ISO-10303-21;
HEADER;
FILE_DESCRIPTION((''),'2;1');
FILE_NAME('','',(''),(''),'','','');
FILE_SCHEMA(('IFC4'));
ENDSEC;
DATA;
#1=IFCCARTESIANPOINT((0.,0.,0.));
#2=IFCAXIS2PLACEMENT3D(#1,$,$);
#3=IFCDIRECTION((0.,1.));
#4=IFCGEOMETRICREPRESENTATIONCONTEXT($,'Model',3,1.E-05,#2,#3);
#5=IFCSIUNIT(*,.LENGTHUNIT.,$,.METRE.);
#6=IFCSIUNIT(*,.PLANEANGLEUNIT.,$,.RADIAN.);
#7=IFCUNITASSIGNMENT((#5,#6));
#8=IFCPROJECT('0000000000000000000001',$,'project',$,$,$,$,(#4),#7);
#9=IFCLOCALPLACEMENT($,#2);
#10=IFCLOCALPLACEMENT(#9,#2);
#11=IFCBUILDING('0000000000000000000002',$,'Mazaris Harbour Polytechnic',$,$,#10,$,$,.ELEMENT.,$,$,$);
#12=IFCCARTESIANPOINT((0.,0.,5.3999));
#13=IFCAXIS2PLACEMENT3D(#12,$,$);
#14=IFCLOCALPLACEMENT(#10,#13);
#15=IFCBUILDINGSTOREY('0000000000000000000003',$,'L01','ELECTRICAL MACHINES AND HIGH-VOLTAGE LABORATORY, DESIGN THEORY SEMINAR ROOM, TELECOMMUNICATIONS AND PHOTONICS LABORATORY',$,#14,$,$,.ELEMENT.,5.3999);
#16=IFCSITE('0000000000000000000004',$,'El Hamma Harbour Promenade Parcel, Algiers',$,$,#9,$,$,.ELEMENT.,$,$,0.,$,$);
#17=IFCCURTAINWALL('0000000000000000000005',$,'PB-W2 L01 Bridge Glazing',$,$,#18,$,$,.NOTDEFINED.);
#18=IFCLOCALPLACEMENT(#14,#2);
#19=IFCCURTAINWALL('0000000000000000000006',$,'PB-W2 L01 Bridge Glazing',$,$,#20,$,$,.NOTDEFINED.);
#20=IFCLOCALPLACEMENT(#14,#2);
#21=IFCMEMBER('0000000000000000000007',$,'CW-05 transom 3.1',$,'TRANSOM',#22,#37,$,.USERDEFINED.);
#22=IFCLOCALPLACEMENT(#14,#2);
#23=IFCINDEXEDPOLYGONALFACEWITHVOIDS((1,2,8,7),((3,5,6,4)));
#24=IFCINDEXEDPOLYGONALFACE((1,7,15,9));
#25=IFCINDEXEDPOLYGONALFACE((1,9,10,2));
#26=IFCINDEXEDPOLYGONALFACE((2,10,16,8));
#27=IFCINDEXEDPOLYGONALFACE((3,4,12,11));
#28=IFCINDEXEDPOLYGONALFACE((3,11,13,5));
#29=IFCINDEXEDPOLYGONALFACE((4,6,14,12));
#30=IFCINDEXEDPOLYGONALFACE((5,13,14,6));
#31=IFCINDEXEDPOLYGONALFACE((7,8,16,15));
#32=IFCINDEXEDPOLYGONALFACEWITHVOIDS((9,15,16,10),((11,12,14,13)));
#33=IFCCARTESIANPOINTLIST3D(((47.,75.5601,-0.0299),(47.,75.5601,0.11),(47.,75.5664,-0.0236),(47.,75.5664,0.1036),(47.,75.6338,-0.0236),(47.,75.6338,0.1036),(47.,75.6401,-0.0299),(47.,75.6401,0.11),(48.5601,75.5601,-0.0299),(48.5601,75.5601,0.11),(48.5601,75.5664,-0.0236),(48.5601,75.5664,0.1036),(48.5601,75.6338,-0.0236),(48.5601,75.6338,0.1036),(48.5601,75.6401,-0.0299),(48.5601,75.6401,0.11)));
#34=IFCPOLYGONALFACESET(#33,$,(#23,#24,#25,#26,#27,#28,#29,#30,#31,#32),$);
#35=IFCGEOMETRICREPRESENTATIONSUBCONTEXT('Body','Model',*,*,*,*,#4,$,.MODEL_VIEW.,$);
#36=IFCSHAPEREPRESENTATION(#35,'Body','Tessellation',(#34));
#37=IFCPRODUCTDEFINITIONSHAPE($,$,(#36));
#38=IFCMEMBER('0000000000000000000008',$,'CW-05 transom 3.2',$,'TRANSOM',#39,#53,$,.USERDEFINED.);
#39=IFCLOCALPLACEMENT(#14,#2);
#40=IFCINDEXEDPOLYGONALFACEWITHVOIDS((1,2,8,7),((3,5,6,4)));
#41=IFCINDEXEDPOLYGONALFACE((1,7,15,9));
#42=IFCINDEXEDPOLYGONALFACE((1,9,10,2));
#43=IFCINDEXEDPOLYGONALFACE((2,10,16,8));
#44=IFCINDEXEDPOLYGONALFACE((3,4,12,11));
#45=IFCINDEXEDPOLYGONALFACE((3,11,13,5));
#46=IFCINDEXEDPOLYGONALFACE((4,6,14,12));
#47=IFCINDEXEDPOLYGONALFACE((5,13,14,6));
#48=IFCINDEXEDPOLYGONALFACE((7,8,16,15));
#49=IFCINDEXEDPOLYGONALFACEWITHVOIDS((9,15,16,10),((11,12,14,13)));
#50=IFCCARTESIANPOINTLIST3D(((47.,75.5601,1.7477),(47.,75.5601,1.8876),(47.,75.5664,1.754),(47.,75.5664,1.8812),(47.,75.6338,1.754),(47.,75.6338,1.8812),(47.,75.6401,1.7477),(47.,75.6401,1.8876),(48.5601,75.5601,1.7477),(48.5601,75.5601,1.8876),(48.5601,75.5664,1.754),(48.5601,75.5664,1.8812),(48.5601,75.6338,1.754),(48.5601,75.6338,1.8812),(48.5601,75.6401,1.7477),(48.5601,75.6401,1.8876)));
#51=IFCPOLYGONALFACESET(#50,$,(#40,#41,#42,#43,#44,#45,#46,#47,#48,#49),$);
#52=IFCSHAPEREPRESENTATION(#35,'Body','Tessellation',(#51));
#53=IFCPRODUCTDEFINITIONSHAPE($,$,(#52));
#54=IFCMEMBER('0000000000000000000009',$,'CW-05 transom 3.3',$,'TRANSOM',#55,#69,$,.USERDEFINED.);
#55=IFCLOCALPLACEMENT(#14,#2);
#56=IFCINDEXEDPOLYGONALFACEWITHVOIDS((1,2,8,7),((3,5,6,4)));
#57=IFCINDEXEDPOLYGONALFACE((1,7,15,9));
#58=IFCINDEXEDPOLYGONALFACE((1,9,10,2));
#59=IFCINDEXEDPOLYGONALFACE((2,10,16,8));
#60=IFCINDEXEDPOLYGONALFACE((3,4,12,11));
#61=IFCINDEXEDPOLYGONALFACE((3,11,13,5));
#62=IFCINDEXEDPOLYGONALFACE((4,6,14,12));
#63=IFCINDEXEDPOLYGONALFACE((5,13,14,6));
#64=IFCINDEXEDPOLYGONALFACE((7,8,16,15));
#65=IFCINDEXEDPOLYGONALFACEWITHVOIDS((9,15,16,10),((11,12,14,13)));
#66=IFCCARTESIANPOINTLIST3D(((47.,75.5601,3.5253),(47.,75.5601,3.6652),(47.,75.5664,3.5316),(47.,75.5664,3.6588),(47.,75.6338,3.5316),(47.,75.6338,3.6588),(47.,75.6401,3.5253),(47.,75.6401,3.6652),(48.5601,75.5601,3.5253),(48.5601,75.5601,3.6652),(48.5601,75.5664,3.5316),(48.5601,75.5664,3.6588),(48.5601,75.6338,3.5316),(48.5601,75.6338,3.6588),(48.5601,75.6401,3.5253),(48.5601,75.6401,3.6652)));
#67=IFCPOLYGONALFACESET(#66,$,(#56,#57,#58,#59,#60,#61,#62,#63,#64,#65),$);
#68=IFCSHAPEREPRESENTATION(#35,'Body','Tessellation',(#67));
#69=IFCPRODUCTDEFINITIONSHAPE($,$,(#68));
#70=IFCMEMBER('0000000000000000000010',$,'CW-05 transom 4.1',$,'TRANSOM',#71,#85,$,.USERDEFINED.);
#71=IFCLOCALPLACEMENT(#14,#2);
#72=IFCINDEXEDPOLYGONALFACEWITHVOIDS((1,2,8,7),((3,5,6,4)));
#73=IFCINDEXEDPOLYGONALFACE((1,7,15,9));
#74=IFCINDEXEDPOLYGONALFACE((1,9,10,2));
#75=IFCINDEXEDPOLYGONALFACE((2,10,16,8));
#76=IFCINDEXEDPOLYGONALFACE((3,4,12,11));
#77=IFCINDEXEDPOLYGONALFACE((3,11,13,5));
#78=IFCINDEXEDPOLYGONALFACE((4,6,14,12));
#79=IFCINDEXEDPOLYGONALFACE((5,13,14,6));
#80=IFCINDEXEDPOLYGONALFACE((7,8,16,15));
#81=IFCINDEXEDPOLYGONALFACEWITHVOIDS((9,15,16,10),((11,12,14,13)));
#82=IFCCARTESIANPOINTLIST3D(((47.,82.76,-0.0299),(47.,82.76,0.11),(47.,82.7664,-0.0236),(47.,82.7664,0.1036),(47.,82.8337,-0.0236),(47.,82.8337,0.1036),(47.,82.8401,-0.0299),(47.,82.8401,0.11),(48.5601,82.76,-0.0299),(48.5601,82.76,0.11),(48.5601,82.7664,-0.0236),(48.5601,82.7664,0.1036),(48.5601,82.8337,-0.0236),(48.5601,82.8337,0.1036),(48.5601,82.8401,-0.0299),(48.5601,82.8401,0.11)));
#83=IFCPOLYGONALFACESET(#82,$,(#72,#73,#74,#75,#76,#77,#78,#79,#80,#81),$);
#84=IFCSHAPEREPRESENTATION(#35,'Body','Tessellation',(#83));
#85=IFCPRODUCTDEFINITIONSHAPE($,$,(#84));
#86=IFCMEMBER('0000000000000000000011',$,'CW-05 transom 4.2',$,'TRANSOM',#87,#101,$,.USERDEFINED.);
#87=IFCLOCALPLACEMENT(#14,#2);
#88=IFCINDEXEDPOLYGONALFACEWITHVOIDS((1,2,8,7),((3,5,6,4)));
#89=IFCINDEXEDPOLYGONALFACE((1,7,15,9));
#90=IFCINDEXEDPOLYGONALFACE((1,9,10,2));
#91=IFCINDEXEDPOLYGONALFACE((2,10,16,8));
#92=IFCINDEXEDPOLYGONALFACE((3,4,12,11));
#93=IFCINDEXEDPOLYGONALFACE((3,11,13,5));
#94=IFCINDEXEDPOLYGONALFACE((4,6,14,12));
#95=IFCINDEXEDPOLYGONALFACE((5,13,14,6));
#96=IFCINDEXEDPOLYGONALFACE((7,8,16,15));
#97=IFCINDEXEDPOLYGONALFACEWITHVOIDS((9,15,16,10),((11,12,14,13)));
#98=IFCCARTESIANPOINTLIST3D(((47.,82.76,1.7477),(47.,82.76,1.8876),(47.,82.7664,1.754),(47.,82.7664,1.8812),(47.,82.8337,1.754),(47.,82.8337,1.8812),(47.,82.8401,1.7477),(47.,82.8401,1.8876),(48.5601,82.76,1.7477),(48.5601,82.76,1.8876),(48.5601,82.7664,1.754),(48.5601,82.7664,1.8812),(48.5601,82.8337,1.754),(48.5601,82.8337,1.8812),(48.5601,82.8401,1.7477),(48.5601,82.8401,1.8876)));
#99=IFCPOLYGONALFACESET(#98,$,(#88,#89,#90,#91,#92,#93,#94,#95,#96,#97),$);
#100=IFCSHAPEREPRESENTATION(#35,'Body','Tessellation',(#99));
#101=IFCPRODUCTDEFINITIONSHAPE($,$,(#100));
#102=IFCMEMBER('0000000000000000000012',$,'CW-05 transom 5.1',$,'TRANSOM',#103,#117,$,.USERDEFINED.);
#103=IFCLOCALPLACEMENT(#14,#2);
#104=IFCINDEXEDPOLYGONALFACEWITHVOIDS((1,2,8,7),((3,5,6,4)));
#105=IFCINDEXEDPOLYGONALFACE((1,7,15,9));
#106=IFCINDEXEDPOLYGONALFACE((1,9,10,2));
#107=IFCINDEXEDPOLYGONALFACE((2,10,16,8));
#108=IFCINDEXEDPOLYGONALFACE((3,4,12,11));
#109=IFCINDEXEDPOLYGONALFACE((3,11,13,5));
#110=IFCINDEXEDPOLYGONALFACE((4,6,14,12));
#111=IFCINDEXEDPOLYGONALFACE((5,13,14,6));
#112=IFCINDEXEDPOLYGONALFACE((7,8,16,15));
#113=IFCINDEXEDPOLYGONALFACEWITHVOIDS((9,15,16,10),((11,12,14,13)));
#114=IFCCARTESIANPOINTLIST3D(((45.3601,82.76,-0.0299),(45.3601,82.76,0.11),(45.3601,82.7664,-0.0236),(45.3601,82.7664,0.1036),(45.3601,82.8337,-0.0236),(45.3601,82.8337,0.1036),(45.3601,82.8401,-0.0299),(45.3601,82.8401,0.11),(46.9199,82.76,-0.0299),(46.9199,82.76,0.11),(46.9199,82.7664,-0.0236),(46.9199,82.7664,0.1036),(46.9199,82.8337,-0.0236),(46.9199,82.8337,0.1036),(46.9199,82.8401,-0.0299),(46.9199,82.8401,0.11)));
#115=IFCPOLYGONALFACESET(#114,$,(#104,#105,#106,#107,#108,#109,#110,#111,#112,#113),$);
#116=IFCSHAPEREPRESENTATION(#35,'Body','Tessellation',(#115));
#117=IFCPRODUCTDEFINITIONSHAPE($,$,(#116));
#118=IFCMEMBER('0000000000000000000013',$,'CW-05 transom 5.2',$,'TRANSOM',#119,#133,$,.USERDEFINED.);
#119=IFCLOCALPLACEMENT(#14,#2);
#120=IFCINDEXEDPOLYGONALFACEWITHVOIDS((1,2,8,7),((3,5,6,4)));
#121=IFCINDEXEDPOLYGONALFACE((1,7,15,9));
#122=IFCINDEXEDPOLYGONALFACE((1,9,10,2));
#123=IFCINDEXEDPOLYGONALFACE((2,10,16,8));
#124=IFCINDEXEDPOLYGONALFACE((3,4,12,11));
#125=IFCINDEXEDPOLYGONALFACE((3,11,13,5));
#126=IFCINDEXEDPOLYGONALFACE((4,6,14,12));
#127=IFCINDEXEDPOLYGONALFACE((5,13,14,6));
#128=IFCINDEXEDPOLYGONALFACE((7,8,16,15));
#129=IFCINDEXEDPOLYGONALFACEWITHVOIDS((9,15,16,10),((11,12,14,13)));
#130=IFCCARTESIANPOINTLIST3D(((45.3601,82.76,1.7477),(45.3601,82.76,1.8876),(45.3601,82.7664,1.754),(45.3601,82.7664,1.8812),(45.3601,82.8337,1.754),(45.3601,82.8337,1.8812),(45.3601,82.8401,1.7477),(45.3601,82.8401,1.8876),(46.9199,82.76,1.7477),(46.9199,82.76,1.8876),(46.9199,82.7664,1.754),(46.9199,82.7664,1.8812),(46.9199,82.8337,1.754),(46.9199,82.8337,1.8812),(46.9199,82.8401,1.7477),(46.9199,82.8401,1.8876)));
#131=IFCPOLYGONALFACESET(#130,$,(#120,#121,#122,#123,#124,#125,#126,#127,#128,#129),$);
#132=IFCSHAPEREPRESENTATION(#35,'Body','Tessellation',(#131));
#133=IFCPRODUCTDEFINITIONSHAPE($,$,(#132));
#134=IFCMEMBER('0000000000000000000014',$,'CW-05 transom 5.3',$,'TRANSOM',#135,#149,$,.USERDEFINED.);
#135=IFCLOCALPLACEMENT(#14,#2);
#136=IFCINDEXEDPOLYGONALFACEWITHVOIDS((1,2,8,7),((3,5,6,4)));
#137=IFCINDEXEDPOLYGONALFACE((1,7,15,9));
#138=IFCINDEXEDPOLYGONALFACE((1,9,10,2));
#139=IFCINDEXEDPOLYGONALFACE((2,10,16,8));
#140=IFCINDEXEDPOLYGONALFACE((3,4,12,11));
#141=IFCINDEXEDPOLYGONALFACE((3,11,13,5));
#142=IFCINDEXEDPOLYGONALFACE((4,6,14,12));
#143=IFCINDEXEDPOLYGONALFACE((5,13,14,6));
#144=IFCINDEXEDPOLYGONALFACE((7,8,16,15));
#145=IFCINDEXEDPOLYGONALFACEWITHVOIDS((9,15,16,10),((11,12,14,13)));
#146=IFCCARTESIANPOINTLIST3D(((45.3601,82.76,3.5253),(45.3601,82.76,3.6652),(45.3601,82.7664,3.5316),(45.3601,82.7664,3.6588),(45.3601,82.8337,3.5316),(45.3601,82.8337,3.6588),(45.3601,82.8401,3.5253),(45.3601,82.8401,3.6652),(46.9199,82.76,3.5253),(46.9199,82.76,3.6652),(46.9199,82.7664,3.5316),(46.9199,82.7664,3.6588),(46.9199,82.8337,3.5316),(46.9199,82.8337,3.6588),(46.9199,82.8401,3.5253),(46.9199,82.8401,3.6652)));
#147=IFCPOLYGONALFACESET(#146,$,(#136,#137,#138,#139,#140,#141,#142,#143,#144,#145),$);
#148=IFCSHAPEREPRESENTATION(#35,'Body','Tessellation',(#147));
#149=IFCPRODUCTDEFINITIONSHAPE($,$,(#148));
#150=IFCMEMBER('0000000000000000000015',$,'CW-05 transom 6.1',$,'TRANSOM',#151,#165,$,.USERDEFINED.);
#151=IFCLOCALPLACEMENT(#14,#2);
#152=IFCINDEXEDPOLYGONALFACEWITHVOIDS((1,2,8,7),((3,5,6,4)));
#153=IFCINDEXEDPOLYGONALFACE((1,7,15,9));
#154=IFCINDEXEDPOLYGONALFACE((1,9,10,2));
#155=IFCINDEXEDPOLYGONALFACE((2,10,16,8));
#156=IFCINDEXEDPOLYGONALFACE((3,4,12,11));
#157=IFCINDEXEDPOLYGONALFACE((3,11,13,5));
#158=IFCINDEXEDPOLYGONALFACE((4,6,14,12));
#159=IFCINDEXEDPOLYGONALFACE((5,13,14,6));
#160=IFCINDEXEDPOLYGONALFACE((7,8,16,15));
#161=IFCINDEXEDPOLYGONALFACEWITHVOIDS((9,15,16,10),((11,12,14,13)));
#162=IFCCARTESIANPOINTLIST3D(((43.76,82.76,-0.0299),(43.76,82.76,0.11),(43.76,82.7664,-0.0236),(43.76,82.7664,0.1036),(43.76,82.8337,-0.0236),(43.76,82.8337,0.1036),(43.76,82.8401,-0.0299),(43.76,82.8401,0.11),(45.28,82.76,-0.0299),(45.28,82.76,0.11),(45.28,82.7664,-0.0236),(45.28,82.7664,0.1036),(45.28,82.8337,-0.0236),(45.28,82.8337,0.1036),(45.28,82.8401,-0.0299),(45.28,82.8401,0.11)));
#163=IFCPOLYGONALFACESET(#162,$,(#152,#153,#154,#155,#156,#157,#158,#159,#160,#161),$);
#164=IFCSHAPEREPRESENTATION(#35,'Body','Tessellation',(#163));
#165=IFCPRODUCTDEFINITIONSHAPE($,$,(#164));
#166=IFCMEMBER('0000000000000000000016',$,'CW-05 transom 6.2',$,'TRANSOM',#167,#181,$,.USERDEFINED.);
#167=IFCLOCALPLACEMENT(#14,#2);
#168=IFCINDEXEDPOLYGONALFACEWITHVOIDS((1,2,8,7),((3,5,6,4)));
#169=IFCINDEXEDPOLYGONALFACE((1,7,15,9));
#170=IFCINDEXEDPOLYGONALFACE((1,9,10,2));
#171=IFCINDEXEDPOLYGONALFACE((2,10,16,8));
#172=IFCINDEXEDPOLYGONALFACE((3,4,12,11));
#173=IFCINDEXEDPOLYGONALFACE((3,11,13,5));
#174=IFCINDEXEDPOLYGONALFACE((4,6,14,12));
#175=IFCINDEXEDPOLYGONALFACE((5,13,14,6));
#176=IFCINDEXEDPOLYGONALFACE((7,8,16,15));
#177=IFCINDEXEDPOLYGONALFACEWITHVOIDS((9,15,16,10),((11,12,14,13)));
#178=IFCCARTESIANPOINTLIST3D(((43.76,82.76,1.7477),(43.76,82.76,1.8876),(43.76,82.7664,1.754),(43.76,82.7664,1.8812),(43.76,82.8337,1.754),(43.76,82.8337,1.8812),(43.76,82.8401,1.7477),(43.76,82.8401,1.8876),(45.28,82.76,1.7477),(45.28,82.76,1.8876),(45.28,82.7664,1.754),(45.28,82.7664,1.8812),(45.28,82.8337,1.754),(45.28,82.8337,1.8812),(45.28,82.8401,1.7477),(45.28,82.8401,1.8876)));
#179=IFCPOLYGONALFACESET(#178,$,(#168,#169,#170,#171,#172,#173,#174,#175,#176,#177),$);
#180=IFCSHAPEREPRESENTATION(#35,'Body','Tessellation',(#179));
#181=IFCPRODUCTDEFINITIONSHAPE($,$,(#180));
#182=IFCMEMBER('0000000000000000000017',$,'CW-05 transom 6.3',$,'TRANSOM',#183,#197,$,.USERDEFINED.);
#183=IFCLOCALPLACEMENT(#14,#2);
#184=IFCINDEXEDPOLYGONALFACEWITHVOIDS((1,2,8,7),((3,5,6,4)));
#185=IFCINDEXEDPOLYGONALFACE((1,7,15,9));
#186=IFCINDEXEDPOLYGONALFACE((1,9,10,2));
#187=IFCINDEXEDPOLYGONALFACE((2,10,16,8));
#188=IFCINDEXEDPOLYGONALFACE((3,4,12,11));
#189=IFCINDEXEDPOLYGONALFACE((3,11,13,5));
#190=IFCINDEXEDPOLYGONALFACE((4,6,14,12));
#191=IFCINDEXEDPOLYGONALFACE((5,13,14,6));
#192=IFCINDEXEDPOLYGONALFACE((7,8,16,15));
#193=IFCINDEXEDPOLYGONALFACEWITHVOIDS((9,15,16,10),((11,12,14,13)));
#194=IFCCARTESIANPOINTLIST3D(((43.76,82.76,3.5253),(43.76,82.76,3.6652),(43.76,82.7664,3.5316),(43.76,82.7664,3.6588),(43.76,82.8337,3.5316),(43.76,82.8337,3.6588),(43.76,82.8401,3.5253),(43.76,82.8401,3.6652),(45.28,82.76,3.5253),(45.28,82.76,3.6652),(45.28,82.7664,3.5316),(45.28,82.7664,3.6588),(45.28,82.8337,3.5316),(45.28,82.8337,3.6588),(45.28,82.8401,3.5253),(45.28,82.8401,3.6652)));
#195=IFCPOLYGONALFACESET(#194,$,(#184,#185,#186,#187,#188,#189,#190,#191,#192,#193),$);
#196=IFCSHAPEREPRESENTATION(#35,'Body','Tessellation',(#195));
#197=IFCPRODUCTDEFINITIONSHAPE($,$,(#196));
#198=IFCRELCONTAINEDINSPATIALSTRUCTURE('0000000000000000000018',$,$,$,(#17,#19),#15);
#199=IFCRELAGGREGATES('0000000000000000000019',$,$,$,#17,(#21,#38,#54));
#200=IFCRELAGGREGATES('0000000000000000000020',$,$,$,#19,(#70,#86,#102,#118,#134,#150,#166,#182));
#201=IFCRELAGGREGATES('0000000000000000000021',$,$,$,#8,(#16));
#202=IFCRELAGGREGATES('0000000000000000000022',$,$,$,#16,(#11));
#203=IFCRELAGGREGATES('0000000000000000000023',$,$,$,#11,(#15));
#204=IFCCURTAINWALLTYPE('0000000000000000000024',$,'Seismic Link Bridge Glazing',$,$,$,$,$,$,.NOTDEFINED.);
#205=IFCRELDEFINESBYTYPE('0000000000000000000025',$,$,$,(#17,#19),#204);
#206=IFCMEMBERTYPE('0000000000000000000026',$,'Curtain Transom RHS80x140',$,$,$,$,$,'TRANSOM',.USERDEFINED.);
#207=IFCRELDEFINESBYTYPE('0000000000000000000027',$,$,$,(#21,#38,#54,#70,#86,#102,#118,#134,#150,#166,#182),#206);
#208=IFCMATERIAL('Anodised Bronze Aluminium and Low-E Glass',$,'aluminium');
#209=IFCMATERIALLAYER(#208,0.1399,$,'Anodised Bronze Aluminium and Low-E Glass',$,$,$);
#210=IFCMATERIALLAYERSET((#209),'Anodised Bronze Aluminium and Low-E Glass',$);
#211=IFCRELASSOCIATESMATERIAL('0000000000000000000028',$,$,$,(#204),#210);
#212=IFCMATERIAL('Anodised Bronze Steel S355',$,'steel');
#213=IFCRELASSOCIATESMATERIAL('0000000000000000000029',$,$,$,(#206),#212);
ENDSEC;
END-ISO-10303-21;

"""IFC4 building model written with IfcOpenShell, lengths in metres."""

from ifc_helpers import new_model, si_unit, direction, frame, origin, origin_2d, place, context, subcontext, project, spatial, hollow_rectangle, extrude, material, layer, layer_set, material_profile, profile_set, type_object, element, aggregate, save


model = new_model("IFC4")

# Units and contexts
model_context = context("Model", 3, precision=1e-05, world=origin(), true_north=direction((0.0, 1.0)))
body_context = subcontext(model_context, "Body", "Model", "MODEL_VIEW")
ifc_project = project(units=[si_unit("LENGTHUNIT", "METRE"), si_unit("PLANEANGLEUNIT", "RADIAN")], contexts=[model_context])

# Site, building, storey
site_placement = place(None, origin())
site = spatial("IfcSite", under=ifc_project, at=site_placement, Name="El Hamma Harbour Promenade Parcel, Algiers", CompositionType="ELEMENT", RefElevation=0.0)
building_placement = place(site_placement, origin())
building = spatial("IfcBuilding", under=site, at=building_placement, Name="Mazaris Harbour Polytechnic", CompositionType="ELEMENT")
storey_placement = place(building_placement, frame((0.0, 0.0, 5.3999)))
storey = spatial("IfcBuildingStorey", under=building, at=storey_placement, Name="L01", Description="ELECTRICAL MACHINES AND HIGH-VOLTAGE LABORATORY, DESIGN THEORY SEMINAR ROOM, TELECOMMUNICATIONS AND PHOTONICS LABORATORY", CompositionType="ELEMENT", Elevation=5.3999)

# Curtain wall
ifc_material_1 = material(Name="Anodised Bronze Aluminium and Low-E Glass", Category="aluminium")
ifc_layer_1 = layer(ifc_material_1, 0.1399, Name="Anodised Bronze Aluminium and Low-E Glass")
ifc_layer_set_1 = layer_set([ifc_layer_1], Name="Anodised Bronze Aluminium and Low-E Glass")
curtain_wall_type = type_object("IfcCurtainWallType", Name="Seismic Link Bridge Glazing", PredefinedType="NOTDEFINED", material=ifc_layer_set_1)
curtain_wall_1_placement = place(storey_placement, origin())
curtain_wall_1 = element("IfcCurtainWall", 1, at=curtain_wall_1_placement, inside=storey, type_object=curtain_wall_type, Name="PB-W2 L01 Bridge Glazing", PredefinedType="NOTDEFINED")

# Curtain wall
curtain_wall_2_placement = place(storey_placement, origin())
curtain_wall_2 = element("IfcCurtainWall", 2, at=curtain_wall_2_placement, inside=storey, type_object=curtain_wall_type, Name="PB-W2 L01 Bridge Glazing", PredefinedType="NOTDEFINED")

# Members
ifc_material_2 = material(Name="Anodised Bronze Steel S355", Category="steel")
ifc_material_profile_1 = material_profile(ifc_material_2, hollow_rectangle(XDim=0.0801, YDim=0.1399, WallThickness=0.0063, at=origin_2d()), Name="RHS 80x140x6.3")
ifc_profile_set_1 = profile_set([ifc_material_profile_1], Name="Anodised Bronze Steel S355")
member_type_1 = type_object("IfcMemberType", Name="Curtain Transom RHS80x140", ElementType="TRANSOM", PredefinedType="USERDEFINED", material=ifc_profile_set_1)
member_1_placement = place(storey_placement, frame((47.0, 75.6001, 0.04), z_axis=(1.0, 0.0, 0.0), x_axis=(0.0, 1.0, 0.0)))
member_1 = element("IfcMember", 3, at=member_1_placement, type_object=member_type_1, Name="CW-05 transom 3.1", ObjectType="TRANSOM", PredefinedType="USERDEFINED", context=body_context, shape_type="SweptSolid", body=[
    extrude(hollow_rectangle(XDim=0.0801, YDim=0.1399, WallThickness=0.0063, at=origin_2d()), origin(), (0.0, 0.0, 1.0), 1.5601),
])
member_2_placement = place(storey_placement, frame((47.0, 75.6001, 1.8176), z_axis=(1.0, 0.0, 0.0), x_axis=(0.0, 1.0, 0.0)))
member_2 = element("IfcMember", 4, at=member_2_placement, type_object=member_type_1, Name="CW-05 transom 3.2", ObjectType="TRANSOM", PredefinedType="USERDEFINED", context=body_context, shape_type="SweptSolid", body=[
    extrude(hollow_rectangle(XDim=0.0801, YDim=0.1399, WallThickness=0.0063, at=origin_2d()), origin(), (0.0, 0.0, 1.0), 1.5601),
])
member_3_placement = place(storey_placement, frame((47.0, 75.6001, 3.5952), z_axis=(1.0, 0.0, 0.0), x_axis=(0.0, 1.0, 0.0)))
member_3 = element("IfcMember", 5, at=member_3_placement, type_object=member_type_1, Name="CW-05 transom 3.3", ObjectType="TRANSOM", PredefinedType="USERDEFINED", context=body_context, shape_type="SweptSolid", body=[
    extrude(hollow_rectangle(XDim=0.0801, YDim=0.1399, WallThickness=0.0063, at=origin_2d()), origin(), (0.0, 0.0, 1.0), 1.5601),
])
member_4_placement = place(storey_placement, frame((48.5601, 82.8, 0.04), z_axis=(-1.0, 0.0, 0.0), x_axis=(0.0, -1.0, 0.0)))
member_4 = element("IfcMember", 6, at=member_4_placement, type_object=member_type_1, Name="CW-05 transom 4.1", ObjectType="TRANSOM", PredefinedType="USERDEFINED", context=body_context, shape_type="SweptSolid", body=[
    extrude(hollow_rectangle(XDim=0.0801, YDim=0.1399, WallThickness=0.0063, at=origin_2d()), origin(), (0.0, 0.0, 1.0), 1.5601),
])
member_5_placement = place(storey_placement, frame((48.5601, 82.8, 1.8176), z_axis=(-1.0, 0.0, 0.0), x_axis=(0.0, -1.0, 0.0)))
member_5 = element("IfcMember", 7, at=member_5_placement, type_object=member_type_1, Name="CW-05 transom 4.2", ObjectType="TRANSOM", PredefinedType="USERDEFINED", context=body_context, shape_type="SweptSolid", body=[
    extrude(hollow_rectangle(XDim=0.0801, YDim=0.1399, WallThickness=0.0063, at=origin_2d()), origin(), (0.0, 0.0, 1.0), 1.5601),
])
member_6_placement = place(storey_placement, frame((46.9199, 82.8, 0.04), z_axis=(-1.0, 0.0, 0.0), x_axis=(0.0, -1.0, 0.0)))
member_6 = element("IfcMember", 8, at=member_6_placement, type_object=member_type_1, Name="CW-05 transom 5.1", ObjectType="TRANSOM", PredefinedType="USERDEFINED", context=body_context, shape_type="SweptSolid", body=[
    extrude(hollow_rectangle(XDim=0.0801, YDim=0.1399, WallThickness=0.0063, at=origin_2d()), origin(), (0.0, 0.0, 1.0), 1.5598),
])
member_7_placement = place(storey_placement, frame((46.9199, 82.8, 1.8176), z_axis=(-1.0, 0.0, 0.0), x_axis=(0.0, -1.0, 0.0)))
member_7 = element("IfcMember", 9, at=member_7_placement, type_object=member_type_1, Name="CW-05 transom 5.2", ObjectType="TRANSOM", PredefinedType="USERDEFINED", context=body_context, shape_type="SweptSolid", body=[
    extrude(hollow_rectangle(XDim=0.0801, YDim=0.1399, WallThickness=0.0063, at=origin_2d()), origin(), (0.0, 0.0, 1.0), 1.5598),
])
member_8_placement = place(storey_placement, frame((46.9199, 82.8, 3.5952), z_axis=(-1.0, 0.0, 0.0), x_axis=(0.0, -1.0, 0.0)))
member_8 = element("IfcMember", 10, at=member_8_placement, type_object=member_type_1, Name="CW-05 transom 5.3", ObjectType="TRANSOM", PredefinedType="USERDEFINED", context=body_context, shape_type="SweptSolid", body=[
    extrude(hollow_rectangle(XDim=0.0801, YDim=0.1399, WallThickness=0.0063, at=origin_2d()), origin(), (0.0, 0.0, 1.0), 1.5598),
])
member_9_placement = place(storey_placement, frame((45.28, 82.8, 0.04), z_axis=(-1.0, 0.0, 0.0), x_axis=(0.0, -1.0, 0.0)))
member_9 = element("IfcMember", 11, at=member_9_placement, type_object=member_type_1, Name="CW-05 transom 6.1", ObjectType="TRANSOM", PredefinedType="USERDEFINED", context=body_context, shape_type="SweptSolid", body=[
    extrude(hollow_rectangle(XDim=0.0801, YDim=0.1399, WallThickness=0.0063, at=origin_2d()), origin(), (0.0, 0.0, 1.0), 1.52),
])
member_10_placement = place(storey_placement, frame((45.28, 82.8, 1.8176), z_axis=(-1.0, 0.0, 0.0), x_axis=(0.0, -1.0, 0.0)))
member_10 = element("IfcMember", 12, at=member_10_placement, type_object=member_type_1, Name="CW-05 transom 6.2", ObjectType="TRANSOM", PredefinedType="USERDEFINED", context=body_context, shape_type="SweptSolid", body=[
    extrude(hollow_rectangle(XDim=0.0801, YDim=0.1399, WallThickness=0.0063, at=origin_2d()), origin(), (0.0, 0.0, 1.0), 1.52),
])
member_11_placement = place(storey_placement, frame((45.28, 82.8, 3.5952), z_axis=(-1.0, 0.0, 0.0), x_axis=(0.0, -1.0, 0.0)))
member_11 = element("IfcMember", 13, at=member_11_placement, type_object=member_type_1, Name="CW-05 transom 6.3", ObjectType="TRANSOM", PredefinedType="USERDEFINED", context=body_context, shape_type="SweptSolid", body=[
    extrude(hollow_rectangle(XDim=0.0801, YDim=0.1399, WallThickness=0.0063, at=origin_2d()), origin(), (0.0, 0.0, 1.0), 1.52),
])

aggregate(curtain_wall_1, [member_1, member_2, member_3])
aggregate(curtain_wall_2, [member_4, member_5, member_6, member_7, member_8, member_9, member_10, member_11])

save(model, "model.ifc")
